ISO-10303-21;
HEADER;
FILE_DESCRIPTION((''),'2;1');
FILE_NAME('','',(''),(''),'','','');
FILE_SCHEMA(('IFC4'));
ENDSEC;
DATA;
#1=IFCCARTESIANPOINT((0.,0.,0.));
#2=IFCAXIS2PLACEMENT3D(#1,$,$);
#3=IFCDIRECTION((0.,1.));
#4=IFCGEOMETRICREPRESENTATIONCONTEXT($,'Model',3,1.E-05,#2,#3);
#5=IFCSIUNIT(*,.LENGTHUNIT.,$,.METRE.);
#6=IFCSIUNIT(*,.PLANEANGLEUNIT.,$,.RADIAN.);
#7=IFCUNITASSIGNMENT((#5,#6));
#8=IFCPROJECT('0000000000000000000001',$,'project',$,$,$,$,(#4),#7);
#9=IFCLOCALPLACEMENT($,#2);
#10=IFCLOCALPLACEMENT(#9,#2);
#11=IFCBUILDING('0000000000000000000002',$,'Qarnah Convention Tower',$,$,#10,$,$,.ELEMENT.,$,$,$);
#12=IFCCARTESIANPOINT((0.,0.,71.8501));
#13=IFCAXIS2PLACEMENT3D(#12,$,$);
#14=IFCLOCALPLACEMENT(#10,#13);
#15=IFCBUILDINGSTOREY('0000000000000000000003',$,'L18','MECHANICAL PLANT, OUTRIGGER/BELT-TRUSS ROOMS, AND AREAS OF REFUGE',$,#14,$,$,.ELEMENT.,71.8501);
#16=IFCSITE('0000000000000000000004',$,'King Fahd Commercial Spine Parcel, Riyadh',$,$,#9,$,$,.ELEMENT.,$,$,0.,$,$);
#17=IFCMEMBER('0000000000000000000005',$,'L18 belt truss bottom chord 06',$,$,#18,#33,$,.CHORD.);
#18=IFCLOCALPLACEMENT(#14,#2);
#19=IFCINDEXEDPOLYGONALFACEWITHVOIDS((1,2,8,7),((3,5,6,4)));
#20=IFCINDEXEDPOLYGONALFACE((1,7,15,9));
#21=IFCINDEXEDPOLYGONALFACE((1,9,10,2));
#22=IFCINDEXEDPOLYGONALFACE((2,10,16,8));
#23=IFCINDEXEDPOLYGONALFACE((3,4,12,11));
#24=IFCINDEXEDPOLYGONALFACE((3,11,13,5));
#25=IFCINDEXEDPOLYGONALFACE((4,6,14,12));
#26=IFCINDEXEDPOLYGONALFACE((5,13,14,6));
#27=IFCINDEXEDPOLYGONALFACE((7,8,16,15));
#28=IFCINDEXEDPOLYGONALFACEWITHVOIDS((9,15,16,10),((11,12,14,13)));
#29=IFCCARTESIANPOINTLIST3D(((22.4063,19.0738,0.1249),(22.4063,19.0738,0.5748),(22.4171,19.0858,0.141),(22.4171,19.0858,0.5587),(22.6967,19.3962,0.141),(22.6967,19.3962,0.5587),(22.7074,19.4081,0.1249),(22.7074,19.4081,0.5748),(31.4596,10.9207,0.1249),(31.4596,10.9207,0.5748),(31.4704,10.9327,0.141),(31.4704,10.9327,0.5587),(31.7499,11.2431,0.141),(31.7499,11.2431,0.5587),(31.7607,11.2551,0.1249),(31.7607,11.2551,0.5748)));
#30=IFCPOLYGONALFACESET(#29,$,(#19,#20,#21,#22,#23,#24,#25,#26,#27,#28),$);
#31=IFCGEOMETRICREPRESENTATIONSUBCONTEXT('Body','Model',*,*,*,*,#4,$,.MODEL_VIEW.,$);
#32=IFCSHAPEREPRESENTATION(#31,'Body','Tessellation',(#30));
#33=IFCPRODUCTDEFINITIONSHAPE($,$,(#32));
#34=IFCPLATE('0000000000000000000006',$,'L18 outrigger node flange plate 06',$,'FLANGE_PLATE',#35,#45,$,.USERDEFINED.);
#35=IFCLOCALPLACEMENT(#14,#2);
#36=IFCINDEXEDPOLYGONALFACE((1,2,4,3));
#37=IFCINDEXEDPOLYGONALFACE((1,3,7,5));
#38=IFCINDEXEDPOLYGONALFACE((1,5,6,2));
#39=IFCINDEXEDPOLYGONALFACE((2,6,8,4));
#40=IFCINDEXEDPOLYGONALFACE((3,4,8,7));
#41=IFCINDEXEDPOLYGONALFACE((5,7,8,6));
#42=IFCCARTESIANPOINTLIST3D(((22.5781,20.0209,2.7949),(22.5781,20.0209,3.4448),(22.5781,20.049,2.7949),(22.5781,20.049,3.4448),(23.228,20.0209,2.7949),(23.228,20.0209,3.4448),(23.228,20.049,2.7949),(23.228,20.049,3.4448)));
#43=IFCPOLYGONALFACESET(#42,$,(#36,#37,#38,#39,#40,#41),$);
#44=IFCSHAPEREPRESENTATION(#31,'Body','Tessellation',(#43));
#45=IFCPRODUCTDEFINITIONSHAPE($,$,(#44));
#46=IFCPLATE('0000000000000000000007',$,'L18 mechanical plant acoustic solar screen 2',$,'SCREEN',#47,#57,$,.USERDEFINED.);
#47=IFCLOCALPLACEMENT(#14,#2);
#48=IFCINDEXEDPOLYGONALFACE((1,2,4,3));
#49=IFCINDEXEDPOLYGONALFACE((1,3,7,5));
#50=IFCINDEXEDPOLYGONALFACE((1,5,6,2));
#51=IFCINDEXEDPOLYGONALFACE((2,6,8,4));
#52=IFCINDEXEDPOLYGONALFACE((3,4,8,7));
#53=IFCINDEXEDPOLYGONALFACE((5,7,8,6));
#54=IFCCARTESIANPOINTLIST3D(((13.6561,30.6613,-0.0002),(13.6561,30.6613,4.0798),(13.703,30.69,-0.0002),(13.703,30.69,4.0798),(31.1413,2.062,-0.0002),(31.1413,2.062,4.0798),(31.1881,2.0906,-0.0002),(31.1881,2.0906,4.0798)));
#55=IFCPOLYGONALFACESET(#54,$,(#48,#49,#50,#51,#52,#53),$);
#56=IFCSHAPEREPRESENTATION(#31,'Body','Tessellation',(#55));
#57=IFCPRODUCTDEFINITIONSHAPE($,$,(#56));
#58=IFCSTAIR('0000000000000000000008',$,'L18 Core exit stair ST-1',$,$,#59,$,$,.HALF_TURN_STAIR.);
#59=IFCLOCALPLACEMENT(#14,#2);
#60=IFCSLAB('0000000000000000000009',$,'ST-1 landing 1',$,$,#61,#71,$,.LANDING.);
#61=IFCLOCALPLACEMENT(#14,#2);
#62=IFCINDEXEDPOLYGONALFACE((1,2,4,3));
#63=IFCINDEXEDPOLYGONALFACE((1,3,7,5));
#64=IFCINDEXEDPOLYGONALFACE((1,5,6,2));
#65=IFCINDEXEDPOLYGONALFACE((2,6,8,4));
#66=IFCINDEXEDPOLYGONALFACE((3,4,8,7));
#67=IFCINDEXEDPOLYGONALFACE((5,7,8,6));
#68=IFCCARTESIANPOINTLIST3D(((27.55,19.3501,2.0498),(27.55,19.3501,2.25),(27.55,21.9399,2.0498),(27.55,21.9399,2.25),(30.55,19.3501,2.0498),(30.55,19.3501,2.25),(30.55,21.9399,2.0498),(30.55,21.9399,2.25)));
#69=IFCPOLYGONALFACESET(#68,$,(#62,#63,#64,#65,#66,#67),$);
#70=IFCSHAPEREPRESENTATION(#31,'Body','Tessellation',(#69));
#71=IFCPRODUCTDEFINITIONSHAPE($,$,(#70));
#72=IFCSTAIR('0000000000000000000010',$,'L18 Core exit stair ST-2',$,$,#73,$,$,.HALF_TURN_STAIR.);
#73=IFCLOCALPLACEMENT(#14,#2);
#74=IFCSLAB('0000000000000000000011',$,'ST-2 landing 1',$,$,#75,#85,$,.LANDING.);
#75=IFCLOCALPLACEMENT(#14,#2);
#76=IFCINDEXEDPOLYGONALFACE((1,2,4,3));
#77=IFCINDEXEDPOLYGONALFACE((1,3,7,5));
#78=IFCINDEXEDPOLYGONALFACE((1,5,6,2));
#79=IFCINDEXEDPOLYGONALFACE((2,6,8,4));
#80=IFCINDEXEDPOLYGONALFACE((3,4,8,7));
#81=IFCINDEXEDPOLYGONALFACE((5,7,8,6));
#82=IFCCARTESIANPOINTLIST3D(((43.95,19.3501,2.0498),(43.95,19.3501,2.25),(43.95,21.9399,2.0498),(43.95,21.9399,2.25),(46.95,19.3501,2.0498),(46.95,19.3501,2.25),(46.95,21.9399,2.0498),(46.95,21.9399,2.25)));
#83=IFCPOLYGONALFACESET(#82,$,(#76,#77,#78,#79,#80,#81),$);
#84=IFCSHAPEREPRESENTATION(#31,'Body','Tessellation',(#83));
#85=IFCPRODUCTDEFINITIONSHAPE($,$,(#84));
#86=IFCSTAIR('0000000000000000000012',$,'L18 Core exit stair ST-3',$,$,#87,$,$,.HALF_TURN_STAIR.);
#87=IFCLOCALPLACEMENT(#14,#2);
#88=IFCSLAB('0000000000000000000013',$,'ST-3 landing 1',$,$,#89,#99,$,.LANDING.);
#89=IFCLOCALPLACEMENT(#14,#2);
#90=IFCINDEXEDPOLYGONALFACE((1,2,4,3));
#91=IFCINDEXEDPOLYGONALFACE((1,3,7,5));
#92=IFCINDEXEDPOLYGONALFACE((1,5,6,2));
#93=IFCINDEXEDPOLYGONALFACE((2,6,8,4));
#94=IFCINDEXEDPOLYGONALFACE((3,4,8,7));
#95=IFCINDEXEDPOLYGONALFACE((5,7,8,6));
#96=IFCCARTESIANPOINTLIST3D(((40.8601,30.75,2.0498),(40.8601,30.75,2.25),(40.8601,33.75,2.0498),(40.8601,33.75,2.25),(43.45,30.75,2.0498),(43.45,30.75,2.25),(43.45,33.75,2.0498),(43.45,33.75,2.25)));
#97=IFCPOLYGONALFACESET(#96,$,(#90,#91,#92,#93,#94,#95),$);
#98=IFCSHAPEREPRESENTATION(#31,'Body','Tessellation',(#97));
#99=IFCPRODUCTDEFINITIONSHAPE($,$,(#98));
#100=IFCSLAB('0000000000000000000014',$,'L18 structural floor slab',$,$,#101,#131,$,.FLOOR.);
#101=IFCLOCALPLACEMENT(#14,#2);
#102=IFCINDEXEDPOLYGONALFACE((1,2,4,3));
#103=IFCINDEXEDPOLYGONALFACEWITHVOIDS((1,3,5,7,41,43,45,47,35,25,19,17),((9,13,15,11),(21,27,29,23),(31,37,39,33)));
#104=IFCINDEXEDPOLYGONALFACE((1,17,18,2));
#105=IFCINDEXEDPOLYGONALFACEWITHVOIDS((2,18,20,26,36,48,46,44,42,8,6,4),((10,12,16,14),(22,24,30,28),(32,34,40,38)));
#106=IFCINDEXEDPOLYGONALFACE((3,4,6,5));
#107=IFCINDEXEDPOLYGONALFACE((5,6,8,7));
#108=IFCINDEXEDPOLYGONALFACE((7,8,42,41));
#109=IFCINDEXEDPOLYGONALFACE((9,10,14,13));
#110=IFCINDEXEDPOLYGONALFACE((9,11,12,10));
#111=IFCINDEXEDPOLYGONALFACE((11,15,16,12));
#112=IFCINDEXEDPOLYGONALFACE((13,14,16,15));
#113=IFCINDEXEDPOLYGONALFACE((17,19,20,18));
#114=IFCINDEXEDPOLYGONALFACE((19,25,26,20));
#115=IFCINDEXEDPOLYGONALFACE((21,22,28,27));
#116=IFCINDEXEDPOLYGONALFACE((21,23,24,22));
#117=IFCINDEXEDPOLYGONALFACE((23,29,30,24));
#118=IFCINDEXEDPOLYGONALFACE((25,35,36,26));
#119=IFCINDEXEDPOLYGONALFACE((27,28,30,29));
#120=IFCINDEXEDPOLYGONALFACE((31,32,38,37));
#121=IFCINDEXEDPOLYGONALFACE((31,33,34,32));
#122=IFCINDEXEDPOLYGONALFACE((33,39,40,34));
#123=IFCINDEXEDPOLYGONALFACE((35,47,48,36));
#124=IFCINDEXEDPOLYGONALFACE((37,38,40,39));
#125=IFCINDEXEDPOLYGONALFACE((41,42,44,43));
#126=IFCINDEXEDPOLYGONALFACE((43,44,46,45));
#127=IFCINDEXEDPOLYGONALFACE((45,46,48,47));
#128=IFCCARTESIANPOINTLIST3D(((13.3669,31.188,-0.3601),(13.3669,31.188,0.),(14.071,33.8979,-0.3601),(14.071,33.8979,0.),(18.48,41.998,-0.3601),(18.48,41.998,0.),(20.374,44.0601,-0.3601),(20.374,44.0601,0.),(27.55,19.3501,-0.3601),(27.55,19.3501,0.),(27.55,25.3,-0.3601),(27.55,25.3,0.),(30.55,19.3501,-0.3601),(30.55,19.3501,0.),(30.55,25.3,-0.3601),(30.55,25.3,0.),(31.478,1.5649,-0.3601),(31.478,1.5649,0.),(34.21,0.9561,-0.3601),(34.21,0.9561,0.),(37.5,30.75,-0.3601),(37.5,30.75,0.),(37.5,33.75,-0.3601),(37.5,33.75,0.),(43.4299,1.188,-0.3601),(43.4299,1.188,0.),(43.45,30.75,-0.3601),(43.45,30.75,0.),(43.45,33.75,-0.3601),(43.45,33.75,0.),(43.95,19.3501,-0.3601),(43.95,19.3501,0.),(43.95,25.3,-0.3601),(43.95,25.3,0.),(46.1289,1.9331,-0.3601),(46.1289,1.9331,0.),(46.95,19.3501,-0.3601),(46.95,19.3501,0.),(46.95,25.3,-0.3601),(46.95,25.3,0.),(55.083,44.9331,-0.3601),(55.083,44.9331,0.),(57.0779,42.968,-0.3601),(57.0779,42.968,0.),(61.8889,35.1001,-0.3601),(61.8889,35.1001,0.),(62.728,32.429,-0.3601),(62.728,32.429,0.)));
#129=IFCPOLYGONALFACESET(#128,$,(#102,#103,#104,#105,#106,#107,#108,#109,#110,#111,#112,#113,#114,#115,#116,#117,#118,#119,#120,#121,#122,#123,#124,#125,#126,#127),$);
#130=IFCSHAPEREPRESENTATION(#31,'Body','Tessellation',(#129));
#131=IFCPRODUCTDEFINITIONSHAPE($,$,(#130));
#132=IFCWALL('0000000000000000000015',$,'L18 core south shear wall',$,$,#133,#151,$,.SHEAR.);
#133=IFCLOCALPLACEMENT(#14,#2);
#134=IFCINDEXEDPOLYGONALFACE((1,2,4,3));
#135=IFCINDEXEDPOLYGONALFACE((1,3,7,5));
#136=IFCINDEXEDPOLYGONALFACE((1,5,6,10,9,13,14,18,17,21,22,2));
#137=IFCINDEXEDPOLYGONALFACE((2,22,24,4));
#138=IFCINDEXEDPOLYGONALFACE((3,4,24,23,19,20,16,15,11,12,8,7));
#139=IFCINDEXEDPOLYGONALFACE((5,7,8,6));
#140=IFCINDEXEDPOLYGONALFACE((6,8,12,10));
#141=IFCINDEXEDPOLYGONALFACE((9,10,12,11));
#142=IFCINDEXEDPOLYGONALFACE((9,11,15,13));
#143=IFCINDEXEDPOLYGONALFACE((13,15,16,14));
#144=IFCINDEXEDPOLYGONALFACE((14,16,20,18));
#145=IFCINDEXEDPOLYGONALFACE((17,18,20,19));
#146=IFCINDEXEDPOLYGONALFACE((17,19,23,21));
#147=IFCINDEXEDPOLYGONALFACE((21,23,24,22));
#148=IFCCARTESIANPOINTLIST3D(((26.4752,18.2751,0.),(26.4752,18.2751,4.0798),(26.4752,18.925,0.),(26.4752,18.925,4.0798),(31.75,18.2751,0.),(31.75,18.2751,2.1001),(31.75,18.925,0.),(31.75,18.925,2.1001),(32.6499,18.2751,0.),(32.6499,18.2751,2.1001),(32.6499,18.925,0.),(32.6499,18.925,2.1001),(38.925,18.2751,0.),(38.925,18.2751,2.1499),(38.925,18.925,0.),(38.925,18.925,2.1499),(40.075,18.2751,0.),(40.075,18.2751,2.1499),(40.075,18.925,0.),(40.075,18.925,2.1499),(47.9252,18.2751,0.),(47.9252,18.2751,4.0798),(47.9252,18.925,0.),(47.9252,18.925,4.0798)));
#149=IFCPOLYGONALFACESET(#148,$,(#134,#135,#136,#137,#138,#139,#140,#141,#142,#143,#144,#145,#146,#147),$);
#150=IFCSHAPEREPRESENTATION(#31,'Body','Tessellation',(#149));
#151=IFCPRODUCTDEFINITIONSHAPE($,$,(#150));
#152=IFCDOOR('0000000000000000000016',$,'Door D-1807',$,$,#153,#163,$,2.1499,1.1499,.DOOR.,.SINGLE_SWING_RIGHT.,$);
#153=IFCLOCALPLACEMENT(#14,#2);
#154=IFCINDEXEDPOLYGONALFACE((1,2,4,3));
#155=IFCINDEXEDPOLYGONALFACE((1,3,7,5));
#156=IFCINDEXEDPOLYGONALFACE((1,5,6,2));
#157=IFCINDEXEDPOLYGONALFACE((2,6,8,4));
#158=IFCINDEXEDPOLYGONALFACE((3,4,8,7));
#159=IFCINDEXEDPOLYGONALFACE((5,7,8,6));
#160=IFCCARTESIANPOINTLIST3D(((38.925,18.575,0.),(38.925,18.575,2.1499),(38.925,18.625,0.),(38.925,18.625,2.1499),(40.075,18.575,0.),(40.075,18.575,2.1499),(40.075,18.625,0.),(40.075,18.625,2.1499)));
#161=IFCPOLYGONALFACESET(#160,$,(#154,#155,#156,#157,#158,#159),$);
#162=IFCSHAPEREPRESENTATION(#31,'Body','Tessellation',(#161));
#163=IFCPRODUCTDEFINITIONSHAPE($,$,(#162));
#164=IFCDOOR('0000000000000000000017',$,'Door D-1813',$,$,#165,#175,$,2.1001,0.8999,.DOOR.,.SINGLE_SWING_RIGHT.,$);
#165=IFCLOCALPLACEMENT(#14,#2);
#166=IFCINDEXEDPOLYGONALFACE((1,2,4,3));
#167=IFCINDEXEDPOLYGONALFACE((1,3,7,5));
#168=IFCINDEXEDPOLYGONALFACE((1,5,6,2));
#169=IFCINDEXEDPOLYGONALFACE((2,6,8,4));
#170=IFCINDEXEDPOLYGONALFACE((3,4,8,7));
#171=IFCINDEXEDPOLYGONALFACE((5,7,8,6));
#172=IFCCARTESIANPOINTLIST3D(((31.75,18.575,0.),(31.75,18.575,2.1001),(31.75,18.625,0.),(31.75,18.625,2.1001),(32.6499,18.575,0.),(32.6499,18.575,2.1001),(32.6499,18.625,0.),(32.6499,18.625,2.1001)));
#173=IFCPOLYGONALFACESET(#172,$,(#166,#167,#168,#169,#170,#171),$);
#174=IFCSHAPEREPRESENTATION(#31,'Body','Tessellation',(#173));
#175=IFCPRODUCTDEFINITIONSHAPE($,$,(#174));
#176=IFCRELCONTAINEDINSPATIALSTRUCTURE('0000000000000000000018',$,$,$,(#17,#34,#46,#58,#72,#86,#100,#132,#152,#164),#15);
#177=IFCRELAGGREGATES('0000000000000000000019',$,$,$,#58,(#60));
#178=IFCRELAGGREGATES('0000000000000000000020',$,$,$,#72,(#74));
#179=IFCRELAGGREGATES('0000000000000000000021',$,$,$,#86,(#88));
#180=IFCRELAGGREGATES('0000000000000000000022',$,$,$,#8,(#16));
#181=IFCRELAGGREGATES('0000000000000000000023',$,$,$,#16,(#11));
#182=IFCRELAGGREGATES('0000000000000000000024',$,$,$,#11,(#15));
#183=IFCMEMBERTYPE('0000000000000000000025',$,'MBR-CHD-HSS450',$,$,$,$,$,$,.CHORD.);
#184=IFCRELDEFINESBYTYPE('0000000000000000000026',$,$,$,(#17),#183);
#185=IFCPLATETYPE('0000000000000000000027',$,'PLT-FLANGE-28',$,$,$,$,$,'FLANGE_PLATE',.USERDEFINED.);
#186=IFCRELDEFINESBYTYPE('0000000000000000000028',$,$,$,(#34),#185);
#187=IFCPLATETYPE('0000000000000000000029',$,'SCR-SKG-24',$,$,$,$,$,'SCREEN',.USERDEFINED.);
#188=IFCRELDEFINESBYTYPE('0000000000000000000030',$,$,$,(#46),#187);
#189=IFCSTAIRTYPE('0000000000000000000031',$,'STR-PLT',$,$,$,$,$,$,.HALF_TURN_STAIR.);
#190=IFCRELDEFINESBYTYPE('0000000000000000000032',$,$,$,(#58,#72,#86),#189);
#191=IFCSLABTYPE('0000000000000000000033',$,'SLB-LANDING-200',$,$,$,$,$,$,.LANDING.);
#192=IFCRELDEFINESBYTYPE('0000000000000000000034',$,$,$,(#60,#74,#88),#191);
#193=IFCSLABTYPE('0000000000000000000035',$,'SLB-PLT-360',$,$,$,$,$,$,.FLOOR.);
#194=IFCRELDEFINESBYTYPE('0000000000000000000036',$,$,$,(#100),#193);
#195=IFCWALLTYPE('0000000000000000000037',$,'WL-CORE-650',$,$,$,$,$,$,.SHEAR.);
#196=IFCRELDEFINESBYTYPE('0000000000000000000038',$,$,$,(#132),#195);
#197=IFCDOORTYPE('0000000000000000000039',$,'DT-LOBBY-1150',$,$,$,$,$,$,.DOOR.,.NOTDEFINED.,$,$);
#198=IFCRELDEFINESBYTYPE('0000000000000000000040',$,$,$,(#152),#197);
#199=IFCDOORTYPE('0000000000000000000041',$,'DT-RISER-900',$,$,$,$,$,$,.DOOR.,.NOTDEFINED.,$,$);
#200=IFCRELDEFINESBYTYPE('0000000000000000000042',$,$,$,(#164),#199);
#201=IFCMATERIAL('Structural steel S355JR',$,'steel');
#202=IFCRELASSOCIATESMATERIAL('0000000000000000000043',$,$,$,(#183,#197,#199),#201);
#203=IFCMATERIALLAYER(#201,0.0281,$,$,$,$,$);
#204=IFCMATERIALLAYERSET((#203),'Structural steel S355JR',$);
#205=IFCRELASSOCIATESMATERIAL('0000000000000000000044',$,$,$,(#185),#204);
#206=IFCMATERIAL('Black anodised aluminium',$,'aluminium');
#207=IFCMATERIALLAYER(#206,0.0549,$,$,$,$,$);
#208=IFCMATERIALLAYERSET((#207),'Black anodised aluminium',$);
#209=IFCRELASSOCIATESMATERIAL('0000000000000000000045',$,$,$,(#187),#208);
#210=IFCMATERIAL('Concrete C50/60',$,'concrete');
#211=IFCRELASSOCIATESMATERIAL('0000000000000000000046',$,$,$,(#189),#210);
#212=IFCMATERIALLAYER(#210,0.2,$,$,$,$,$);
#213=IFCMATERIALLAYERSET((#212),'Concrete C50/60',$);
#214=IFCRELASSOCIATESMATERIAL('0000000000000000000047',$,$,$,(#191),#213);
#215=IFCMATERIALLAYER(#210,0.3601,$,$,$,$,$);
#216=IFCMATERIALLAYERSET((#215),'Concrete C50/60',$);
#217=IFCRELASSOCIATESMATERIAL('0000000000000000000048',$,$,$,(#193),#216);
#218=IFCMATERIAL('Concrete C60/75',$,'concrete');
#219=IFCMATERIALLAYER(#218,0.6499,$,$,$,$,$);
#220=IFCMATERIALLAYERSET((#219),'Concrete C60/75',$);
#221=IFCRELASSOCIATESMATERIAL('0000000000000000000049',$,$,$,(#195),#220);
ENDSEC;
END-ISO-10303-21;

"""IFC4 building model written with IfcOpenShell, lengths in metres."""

from ifc_helpers import new_model, si_unit, direction, frame, frame_2d, origin, origin_2d, place, context, subcontext, project, spatial, polyline, rectangle, hollow_rectangle, outline, extrude, material, layer, layer_set, material_profile, profile_set, type_object, element, fill, aggregate, save


model = new_model("IFC4")

# Units and contexts
model_context = context("Model", 3, precision=1e-05, world=origin(), true_north=direction((0.0, 1.0)))
body_context = subcontext(model_context, "Body", "Model", "MODEL_VIEW")
ifc_project = project(units=[si_unit("LENGTHUNIT", "METRE"), si_unit("PLANEANGLEUNIT", "RADIAN")], contexts=[model_context])

# Site, building, storey
site_placement = place(None, origin())
site = spatial("IfcSite", under=ifc_project, at=site_placement, Name="King Fahd Commercial Spine Parcel, Riyadh", CompositionType="ELEMENT", RefElevation=0.0)
building_placement = place(site_placement, origin())
building = spatial("IfcBuilding", under=site, at=building_placement, Name="Qarnah Convention Tower", CompositionType="ELEMENT")
storey_placement = place(building_placement, frame((0.0, 0.0, 71.8501)))
storey = spatial("IfcBuildingStorey", under=building, at=storey_placement, Name="L18", Description="MECHANICAL PLANT, OUTRIGGER/BELT-TRUSS ROOMS, AND AREAS OF REFUGE", CompositionType="ELEMENT", Elevation=71.8501)

# Shared definitions
ifc_material_1 = material(Name="Concrete C60/75", Category="concrete")

# Shared definitions
ifc_material_2 = material(Name="Structural steel S355JR", Category="steel")

# Member
ifc_material_profile_1 = material_profile(ifc_material_2, hollow_rectangle(XDim=0.45, YDim=0.45, WallThickness=0.0161, at=origin_2d()), Name="HSS450X450X16")
ifc_profile_set_1 = profile_set([ifc_material_profile_1], Name="Structural steel S355JR")
member_type_1 = type_object("IfcMemberType", Name="MBR-CHD-HSS450", PredefinedType="CHORD", material=ifc_profile_set_1)
member_1_placement = place(storey_placement, frame((22.5569, 19.241, 0.3499), z_axis=(0.743083, -0.669199, 0.0), x_axis=(0.669199, 0.743083, 0.0)))
element("IfcMember", 1, at=member_1_placement, inside=storey, type_object=member_type_1, Name="L18 belt truss bottom chord 06", PredefinedType="CHORD", context=body_context, shape_type="SweptSolid", body=[
    extrude(hollow_rectangle(XDim=0.45, YDim=0.45, WallThickness=0.0161, at=origin_2d()), origin(), (0.0, 0.0, 1.0), 12.1833),
])

# Plates
ifc_layer_1 = layer(ifc_material_2, 0.0281)
ifc_layer_set_1 = layer_set([ifc_layer_1], Name="Structural steel S355JR")
plate_type_1 = type_object("IfcPlateType", Name="PLT-FLANGE-28", ElementType="FLANGE_PLATE", PredefinedType="USERDEFINED", material=ifc_layer_set_1)
plate_1_placement = place(storey_placement, frame((22.9031, 20.0349, 2.7949), z_axis=(0.0, 0.0, 1.0), x_axis=(1.0, 0.0, 0.0)))
element("IfcPlate", 2, at=plate_1_placement, inside=storey, type_object=plate_type_1, Name="L18 outrigger node flange plate 06", ObjectType="FLANGE_PLATE", PredefinedType="USERDEFINED", context=body_context, shape_type="SweptSolid", body=[
    extrude(rectangle(XDim=0.6499, YDim=0.0281, at=origin_2d()), origin(), (0.0, 0.0, 1.0), 0.6499),
])
ifc_material_3 = material(Name="Black anodised aluminium", Category="aluminium")
ifc_layer_2 = layer(ifc_material_3, 0.0549)
ifc_layer_set_2 = layer_set([ifc_layer_2], Name="Black anodised aluminium")
plate_type_2 = type_object("IfcPlateType", Name="SCR-SKG-24", ElementType="SCREEN", PredefinedType="USERDEFINED", material=ifc_layer_set_2)
plate_2_placement = place(storey_placement, frame((22.4221, 16.376, -0.0002), z_axis=(0.0, 0.0, 1.0), x_axis=(-0.521619, 0.853179, 0.0)))
element("IfcPlate", 3, at=plate_2_placement, inside=storey, type_object=plate_type_2, Name="L18 mechanical plant acoustic solar screen 2", ObjectType="SCREEN", PredefinedType="USERDEFINED", context=body_context, shape_type="SweptSolid", body=[
    extrude(rectangle(XDim=33.521, YDim=0.0549, at=origin_2d()), origin(), (0.0, 0.0, 1.0), 4.0801),
])

# Stairs, slabs
ifc_material_4 = material(Name="Concrete C50/60", Category="concrete")
stair_type = type_object("IfcStairType", Name="STR-PLT", PredefinedType="HALF_TURN_STAIR", material=ifc_material_4)
stair_1_placement = place(storey_placement, origin())
stair_1 = element("IfcStair", 4, at=stair_1_placement, inside=storey, type_object=stair_type, Name="L18 Core exit stair ST-1", PredefinedType="HALF_TURN_STAIR")
ifc_layer_3 = layer(ifc_material_4, 0.2)
ifc_layer_set_3 = layer_set([ifc_layer_3], Name="Concrete C50/60")
slab_type_1 = type_object("IfcSlabType", Name="SLB-LANDING-200", PredefinedType="LANDING", material=ifc_layer_set_3)
slab_1_placement = place(storey_placement, frame((0.0, 0.0, 2.0498)))
slab_1 = element("IfcSlab", 5, at=slab_1_placement, type_object=slab_type_1, Name="ST-1 landing 1", PredefinedType="LANDING", context=body_context, shape_type="SweptSolid", body=[
    extrude(outline(polyline([(27.55, 21.9399), (27.55, 19.3501), (30.55, 19.3501), (30.55, 21.9399), (27.55, 21.9399)])), origin(), (0.0, 0.0, 1.0), 0.2002),
])
aggregate(stair_1, [slab_1])
stair_2_placement = place(storey_placement, origin())
stair_2 = element("IfcStair", 6, at=stair_2_placement, inside=storey, type_object=stair_type, Name="L18 Core exit stair ST-2", PredefinedType="HALF_TURN_STAIR")
slab_2_placement = place(storey_placement, frame((0.0, 0.0, 2.0498)))
slab_2 = element("IfcSlab", 7, at=slab_2_placement, type_object=slab_type_1, Name="ST-2 landing 1", PredefinedType="LANDING", context=body_context, shape_type="SweptSolid", body=[
    extrude(outline(polyline([(43.95, 21.9399), (43.95, 19.3501), (46.95, 19.3501), (46.95, 21.9399), (43.95, 21.9399)])), origin(), (0.0, 0.0, 1.0), 0.2002),
])
aggregate(stair_2, [slab_2])
stair_3_placement = place(storey_placement, origin())
stair_3 = element("IfcStair", 8, at=stair_3_placement, inside=storey, type_object=stair_type, Name="L18 Core exit stair ST-3", PredefinedType="HALF_TURN_STAIR")
slab_3_placement = place(storey_placement, frame((0.0, 0.0, 2.0498)))
slab_3 = element("IfcSlab", 9, at=slab_3_placement, type_object=slab_type_1, Name="ST-3 landing 1", PredefinedType="LANDING", context=body_context, shape_type="SweptSolid", body=[
    extrude(outline(polyline([(40.8601, 30.75), (43.45, 30.75), (43.45, 33.75), (40.8601, 33.75), (40.8601, 30.75)])), origin(), (0.0, 0.0, 1.0), 0.2002),
])
aggregate(stair_3, [slab_3])

# Slab
ifc_layer_4 = layer(ifc_material_4, 0.3601)
ifc_layer_set_4 = layer_set([ifc_layer_4], Name="Concrete C50/60")
slab_type_2 = type_object("IfcSlabType", Name="SLB-PLT-360", PredefinedType="FLOOR", material=ifc_layer_set_4)
slab_4_placement = place(storey_placement, frame((0.0, 0.0, -0.3601)))
element("IfcSlab", 10, at=slab_4_placement, inside=storey, type_object=slab_type_2, Name="L18 structural floor slab", PredefinedType="FLOOR", context=body_context, shape_type="SweptSolid", body=[
    extrude(outline(polyline([(55.083, 44.9331), (20.374, 44.0601), (18.48, 41.998), (14.071, 33.8979), (13.3669, 31.188), (31.478, 1.5649), (34.21, 0.9561), (43.4299, 1.188), (46.1289, 1.9331), (62.728, 32.429), (61.8889, 35.1001), (57.0779, 42.968), (55.083, 44.9331)]), holes=[polyline([(27.55, 25.3), (27.55, 19.3501), (30.55, 19.3501), (30.55, 25.3), (27.55, 25.3)]), polyline([(43.95, 25.3), (43.95, 19.3501), (46.95, 19.3501), (46.95, 25.3), (43.95, 25.3)]), polyline([(37.5, 30.75), (43.45, 30.75), (43.45, 33.75), (37.5, 33.75), (37.5, 30.75)])]), origin(), (0.0, 0.0, 1.0), 0.3601),
])

# Wall, openings, doors
ifc_layer_5 = layer(ifc_material_1, 0.6499)
ifc_layer_set_5 = layer_set([ifc_layer_5], Name="Concrete C60/75")
wall_type_1 = type_object("IfcWallType", Name="WL-CORE-650", PredefinedType="SHEAR", material=ifc_layer_set_5)
wall_1_placement = place(storey_placement, frame((26.4751, 18.6001, 0.0), z_axis=(0.0, 0.0, 1.0), x_axis=(1.0, 0.0, 0.0)))
wall_1 = element("IfcWall", 11, at=wall_1_placement, inside=storey, type_object=wall_type_1, Name="L18 core south shear wall", PredefinedType="SHEAR", context=body_context, shape_type="SweptSolid", body=[
    extrude(rectangle(XDim=21.45, YDim=0.6499, at=frame_2d((10.7251, 0.0))), origin(), (0.0, 0.0, 1.0), 4.0798),
])
opening_1_placement = place(wall_1_placement, frame((12.45, 0.0, 0.0)))
opening_1 = element("IfcOpeningElement", 12, at=opening_1_placement, cuts=wall_1, PredefinedType="OPENING", context=body_context, shape_type="SweptSolid", body=[
    extrude(rectangle(XDim=1.1499, YDim=2.1499, at=frame_2d((0.575, 1.075))), frame((0.0, 0.335, 0.0), z_axis=(0.0, -1.0, 0.0), x_axis=(1.0, 0.0, 0.0)), (0.0, 0.0, 1.0), 0.6699),
])
opening_2_placement = place(wall_1_placement, frame((5.2749, 0.0, 0.0)))
opening_2 = element("IfcOpeningElement", 13, at=opening_2_placement, cuts=wall_1, PredefinedType="OPENING", context=body_context, shape_type="SweptSolid", body=[
    extrude(rectangle(XDim=0.8999, YDim=2.1001, at=frame_2d((0.45, 1.05))), frame((0.0, 0.335, 0.0), z_axis=(0.0, -1.0, 0.0), x_axis=(1.0, 0.0, 0.0)), (0.0, 0.0, 1.0), 0.6699),
])
door_type_1 = type_object("IfcDoorType", Name="DT-LOBBY-1150", OperationType="NOTDEFINED", PredefinedType="DOOR", material=ifc_material_2)
door_1_placement = place(opening_1_placement, origin())
door_1 = element("IfcDoor", 14, at=door_1_placement, inside=storey, type_object=door_type_1, Name="Door D-1807", OperationType="SINGLE_SWING_RIGHT", OverallHeight=2.1499, OverallWidth=1.1499, PredefinedType="DOOR", context=body_context, shape_type="SweptSolid", body=[
    extrude(rectangle(XDim=1.1499, YDim=2.1499, at=frame_2d((0.575, 1.075))), frame((0.0, 0.0249, 0.0), z_axis=(0.0, -1.0, 0.0), x_axis=(1.0, 0.0, 0.0)), (0.0, 0.0, 1.0), 0.05),
])
fill(opening_1, door_1)
door_type_2 = type_object("IfcDoorType", Name="DT-RISER-900", OperationType="NOTDEFINED", PredefinedType="DOOR", material=ifc_material_2)
door_2_placement = place(opening_2_placement, origin())
door_2 = element("IfcDoor", 15, at=door_2_placement, inside=storey, type_object=door_type_2, Name="Door D-1813", OperationType="SINGLE_SWING_RIGHT", OverallHeight=2.1001, OverallWidth=0.8999, PredefinedType="DOOR", context=body_context, shape_type="SweptSolid", body=[
    extrude(rectangle(XDim=0.8999, YDim=2.1001, at=frame_2d((0.45, 1.05))), frame((0.0, 0.0249, 0.0), z_axis=(0.0, -1.0, 0.0), x_axis=(1.0, 0.0, 0.0)), (0.0, 0.0, 1.0), 0.05),
])
fill(opening_2, door_2)

save(model, "model.ifc")
